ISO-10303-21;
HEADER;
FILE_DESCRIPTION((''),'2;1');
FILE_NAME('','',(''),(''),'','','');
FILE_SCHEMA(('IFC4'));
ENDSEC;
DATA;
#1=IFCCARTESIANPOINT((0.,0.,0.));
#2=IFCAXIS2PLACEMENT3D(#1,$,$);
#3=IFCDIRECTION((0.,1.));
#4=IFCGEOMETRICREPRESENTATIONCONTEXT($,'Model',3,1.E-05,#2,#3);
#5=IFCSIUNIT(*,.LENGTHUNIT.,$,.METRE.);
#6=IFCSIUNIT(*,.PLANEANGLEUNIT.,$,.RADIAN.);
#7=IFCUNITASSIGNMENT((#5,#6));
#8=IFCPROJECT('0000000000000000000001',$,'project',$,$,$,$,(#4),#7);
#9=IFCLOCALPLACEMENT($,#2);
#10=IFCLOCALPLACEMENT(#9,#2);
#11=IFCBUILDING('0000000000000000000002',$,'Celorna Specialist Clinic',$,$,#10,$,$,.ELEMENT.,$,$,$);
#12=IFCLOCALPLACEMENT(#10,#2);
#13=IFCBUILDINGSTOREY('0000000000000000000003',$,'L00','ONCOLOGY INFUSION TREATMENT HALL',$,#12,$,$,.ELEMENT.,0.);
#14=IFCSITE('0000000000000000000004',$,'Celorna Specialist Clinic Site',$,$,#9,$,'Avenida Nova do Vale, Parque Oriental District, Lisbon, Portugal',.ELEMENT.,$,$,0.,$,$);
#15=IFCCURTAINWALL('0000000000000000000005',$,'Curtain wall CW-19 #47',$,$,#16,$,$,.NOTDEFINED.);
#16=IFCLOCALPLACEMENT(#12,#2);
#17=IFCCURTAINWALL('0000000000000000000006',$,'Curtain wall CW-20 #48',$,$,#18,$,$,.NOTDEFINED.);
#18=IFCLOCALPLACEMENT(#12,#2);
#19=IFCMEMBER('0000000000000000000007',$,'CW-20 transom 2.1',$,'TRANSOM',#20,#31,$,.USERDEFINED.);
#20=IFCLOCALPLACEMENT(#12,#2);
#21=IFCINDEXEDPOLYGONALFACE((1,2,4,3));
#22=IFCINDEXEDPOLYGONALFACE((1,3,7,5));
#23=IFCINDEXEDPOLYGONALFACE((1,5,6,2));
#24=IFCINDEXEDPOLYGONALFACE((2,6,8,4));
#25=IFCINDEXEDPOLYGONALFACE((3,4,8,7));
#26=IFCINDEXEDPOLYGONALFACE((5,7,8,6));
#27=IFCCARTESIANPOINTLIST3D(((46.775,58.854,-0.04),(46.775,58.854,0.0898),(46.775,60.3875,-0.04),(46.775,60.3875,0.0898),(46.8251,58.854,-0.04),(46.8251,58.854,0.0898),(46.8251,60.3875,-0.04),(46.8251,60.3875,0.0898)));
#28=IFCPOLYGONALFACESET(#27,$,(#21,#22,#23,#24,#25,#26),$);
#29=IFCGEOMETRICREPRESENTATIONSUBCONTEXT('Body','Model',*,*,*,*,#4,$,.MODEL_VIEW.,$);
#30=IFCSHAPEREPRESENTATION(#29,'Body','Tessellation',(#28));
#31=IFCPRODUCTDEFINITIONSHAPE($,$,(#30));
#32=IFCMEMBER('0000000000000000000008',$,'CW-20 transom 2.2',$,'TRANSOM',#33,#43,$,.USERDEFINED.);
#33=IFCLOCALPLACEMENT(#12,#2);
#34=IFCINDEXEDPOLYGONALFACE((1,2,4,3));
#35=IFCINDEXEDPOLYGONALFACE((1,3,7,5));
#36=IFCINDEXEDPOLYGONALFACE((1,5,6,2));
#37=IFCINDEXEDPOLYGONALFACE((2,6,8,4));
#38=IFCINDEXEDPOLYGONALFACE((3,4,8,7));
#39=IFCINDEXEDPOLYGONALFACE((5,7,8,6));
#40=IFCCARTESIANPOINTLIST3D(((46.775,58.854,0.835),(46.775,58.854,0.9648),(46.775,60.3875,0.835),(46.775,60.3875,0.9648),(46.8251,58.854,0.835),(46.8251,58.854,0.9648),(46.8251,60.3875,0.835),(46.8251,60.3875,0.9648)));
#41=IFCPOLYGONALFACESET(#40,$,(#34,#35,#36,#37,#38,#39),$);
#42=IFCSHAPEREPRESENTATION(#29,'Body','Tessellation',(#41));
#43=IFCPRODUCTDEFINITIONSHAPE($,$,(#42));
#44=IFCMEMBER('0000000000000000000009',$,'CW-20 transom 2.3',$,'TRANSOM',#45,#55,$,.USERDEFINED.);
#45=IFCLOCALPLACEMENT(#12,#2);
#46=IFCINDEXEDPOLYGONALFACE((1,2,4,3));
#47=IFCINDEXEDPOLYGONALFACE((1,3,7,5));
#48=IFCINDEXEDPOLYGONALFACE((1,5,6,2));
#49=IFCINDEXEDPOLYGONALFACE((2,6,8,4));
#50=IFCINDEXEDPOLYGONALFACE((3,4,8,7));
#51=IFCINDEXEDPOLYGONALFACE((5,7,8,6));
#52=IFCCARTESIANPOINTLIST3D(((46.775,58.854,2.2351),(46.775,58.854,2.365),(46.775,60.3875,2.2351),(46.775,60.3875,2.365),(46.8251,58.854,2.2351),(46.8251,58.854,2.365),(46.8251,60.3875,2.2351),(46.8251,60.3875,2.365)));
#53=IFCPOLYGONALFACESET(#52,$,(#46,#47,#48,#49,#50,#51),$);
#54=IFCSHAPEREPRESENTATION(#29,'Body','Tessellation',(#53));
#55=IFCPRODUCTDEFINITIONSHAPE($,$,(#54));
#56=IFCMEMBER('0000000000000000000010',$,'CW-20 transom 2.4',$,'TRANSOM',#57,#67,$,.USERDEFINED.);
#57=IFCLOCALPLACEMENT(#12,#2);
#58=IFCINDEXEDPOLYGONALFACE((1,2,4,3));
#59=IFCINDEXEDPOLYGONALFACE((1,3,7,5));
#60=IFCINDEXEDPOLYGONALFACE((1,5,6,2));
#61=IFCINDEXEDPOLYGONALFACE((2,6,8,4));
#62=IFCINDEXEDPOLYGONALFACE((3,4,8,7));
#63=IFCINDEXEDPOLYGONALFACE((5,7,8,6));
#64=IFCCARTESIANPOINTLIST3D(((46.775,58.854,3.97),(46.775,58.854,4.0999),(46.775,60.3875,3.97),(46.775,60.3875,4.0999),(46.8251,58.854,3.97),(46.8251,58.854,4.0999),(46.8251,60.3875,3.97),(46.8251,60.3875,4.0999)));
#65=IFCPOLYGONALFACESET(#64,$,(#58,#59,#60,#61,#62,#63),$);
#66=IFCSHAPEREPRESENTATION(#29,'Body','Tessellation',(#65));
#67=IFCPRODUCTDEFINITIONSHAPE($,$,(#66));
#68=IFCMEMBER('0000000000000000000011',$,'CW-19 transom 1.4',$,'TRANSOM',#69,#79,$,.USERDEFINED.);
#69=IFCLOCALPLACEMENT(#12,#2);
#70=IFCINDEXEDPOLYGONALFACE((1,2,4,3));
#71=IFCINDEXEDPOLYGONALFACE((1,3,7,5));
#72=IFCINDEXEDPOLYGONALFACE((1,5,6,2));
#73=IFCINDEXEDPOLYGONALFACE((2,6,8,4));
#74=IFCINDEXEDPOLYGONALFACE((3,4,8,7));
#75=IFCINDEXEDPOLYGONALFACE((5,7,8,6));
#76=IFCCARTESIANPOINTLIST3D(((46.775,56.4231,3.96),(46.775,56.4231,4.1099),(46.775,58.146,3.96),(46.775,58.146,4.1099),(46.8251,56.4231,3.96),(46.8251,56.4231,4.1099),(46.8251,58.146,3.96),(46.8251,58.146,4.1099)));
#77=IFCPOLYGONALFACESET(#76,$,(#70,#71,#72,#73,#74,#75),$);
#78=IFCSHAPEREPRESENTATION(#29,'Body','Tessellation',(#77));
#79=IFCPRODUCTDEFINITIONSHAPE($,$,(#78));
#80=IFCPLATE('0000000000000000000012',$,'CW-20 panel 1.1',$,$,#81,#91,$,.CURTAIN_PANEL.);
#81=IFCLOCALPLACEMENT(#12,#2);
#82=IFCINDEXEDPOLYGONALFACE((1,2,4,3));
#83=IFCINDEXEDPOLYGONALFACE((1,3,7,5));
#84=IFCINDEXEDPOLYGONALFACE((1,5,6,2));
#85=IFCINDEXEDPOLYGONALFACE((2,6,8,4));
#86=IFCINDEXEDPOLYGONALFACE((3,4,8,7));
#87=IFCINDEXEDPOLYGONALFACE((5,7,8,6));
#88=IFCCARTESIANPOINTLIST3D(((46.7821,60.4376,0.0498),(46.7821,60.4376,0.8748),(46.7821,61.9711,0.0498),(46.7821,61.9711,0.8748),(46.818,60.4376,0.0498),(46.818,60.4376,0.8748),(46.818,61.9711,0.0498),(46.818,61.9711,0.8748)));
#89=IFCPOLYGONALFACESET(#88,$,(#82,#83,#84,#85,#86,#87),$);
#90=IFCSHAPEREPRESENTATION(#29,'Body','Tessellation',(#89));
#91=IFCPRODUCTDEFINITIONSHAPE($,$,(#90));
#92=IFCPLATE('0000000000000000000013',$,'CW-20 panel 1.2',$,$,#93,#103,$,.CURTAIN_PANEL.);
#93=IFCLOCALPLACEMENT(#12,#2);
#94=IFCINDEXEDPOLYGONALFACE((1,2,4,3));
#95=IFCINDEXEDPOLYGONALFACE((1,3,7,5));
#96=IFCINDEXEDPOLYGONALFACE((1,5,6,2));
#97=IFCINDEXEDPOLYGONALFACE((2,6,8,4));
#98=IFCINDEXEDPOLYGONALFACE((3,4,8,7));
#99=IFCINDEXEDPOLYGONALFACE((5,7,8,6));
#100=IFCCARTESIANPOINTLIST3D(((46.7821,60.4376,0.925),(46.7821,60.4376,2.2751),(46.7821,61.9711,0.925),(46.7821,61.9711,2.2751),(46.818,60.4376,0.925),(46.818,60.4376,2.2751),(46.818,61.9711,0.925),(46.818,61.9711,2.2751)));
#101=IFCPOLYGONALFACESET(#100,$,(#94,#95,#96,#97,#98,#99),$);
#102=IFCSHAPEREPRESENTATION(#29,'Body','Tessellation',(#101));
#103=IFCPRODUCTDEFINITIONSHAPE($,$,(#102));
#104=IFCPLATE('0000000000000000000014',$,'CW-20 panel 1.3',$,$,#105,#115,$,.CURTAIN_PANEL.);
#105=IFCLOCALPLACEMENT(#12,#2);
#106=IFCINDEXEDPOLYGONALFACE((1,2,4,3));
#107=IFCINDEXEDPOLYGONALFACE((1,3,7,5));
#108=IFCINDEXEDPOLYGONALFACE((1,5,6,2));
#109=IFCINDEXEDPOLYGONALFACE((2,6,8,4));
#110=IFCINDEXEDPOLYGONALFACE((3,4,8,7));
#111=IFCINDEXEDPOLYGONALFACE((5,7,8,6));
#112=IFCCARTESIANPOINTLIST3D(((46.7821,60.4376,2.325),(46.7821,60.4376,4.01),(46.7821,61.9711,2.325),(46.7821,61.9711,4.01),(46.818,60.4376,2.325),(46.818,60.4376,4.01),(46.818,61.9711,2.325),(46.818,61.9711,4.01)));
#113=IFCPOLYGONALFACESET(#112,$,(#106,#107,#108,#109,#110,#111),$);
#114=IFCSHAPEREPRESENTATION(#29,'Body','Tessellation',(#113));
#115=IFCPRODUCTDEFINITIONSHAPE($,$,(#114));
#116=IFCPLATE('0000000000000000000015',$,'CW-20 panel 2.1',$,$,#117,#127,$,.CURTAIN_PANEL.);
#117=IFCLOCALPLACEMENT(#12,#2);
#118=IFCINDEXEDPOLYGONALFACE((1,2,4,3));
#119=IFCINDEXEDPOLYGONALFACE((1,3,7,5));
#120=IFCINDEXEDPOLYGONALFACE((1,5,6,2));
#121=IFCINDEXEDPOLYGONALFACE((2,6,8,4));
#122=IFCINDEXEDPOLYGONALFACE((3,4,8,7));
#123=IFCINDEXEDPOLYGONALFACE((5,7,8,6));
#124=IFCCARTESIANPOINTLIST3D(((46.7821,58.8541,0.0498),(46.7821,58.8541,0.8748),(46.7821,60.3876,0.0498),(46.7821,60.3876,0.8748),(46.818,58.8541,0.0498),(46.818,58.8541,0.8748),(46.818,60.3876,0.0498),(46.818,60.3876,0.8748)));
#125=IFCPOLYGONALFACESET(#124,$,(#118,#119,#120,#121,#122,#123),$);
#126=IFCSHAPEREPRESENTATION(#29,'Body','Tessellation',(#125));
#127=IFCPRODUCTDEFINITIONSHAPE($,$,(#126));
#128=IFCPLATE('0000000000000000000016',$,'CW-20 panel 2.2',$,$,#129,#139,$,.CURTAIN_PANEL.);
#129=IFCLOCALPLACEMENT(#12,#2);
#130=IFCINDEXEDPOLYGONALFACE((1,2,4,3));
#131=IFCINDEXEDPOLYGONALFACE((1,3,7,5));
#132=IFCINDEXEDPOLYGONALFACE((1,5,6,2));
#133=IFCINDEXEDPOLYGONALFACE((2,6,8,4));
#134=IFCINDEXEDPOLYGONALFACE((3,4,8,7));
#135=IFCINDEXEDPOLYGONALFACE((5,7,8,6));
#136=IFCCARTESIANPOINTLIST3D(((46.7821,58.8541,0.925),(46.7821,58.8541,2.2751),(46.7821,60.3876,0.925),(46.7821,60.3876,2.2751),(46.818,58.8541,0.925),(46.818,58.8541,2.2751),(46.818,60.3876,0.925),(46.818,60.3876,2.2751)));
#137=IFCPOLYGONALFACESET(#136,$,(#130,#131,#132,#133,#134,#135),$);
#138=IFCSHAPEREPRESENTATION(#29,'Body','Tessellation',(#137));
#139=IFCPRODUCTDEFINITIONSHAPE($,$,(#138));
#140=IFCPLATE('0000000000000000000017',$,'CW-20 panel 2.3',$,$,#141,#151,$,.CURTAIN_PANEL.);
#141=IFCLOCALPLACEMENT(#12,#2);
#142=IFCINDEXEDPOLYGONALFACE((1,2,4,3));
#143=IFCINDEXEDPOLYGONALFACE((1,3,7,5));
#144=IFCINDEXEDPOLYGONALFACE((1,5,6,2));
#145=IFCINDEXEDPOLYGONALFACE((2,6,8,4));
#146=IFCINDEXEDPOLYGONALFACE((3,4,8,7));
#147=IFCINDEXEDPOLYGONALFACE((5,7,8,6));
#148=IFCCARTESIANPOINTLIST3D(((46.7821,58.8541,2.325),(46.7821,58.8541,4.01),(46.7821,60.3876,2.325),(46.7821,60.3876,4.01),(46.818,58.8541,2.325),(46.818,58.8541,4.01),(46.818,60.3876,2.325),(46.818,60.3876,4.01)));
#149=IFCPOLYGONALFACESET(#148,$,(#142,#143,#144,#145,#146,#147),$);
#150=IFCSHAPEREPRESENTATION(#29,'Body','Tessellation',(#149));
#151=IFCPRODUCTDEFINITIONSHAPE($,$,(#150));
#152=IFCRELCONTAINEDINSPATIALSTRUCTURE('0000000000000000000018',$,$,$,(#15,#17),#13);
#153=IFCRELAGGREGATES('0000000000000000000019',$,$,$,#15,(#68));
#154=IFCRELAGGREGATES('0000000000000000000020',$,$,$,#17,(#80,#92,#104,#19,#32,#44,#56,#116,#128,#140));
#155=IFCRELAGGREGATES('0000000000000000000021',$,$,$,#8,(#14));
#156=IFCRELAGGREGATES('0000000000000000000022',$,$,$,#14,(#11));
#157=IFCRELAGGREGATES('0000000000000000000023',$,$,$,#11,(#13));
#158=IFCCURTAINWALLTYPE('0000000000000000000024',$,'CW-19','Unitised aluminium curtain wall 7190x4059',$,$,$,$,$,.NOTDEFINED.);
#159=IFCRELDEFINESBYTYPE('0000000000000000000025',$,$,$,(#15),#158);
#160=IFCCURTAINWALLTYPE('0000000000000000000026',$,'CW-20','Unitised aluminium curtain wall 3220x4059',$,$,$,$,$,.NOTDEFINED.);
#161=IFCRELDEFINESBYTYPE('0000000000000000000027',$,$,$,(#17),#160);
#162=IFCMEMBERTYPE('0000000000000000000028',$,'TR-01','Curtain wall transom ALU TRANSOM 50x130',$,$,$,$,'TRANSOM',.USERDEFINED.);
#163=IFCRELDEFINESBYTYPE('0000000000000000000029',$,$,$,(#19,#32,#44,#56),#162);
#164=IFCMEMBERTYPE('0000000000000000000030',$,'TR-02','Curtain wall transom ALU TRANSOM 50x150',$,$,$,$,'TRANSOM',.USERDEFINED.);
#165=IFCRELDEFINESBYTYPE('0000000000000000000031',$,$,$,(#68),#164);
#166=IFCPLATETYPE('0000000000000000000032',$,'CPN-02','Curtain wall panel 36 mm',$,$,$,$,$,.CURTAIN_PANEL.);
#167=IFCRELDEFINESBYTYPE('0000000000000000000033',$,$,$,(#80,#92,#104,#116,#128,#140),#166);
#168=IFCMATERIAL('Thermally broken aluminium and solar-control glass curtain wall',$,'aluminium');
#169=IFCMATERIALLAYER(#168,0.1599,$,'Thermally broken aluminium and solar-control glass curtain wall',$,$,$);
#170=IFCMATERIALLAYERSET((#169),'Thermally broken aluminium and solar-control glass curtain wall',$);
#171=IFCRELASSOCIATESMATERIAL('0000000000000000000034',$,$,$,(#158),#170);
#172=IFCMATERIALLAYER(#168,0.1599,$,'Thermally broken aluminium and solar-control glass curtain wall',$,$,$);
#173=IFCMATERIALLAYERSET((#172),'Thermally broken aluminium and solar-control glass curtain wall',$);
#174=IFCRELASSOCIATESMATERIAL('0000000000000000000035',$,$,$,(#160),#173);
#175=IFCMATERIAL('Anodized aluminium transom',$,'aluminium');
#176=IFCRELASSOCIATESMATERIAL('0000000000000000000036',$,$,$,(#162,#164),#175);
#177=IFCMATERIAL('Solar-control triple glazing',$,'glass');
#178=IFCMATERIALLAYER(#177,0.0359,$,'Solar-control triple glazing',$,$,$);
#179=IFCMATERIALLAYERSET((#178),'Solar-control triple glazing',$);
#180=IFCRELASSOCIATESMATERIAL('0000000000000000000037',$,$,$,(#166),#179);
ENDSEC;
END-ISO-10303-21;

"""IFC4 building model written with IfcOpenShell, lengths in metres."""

from ifc_helpers import new_model, si_unit, direction, frame, origin, origin_2d, place, context, subcontext, project, spatial, rectangle, extrude, material, layer, layer_set, material_profile, profile_set, type_object, element, aggregate, save


model = new_model("IFC4")

# Units and contexts
model_context = context("Model", 3, precision=1e-05, world=origin(), true_north=direction((0.0, 1.0)))
body_context = subcontext(model_context, "Body", "Model", "MODEL_VIEW")
ifc_project = project(units=[si_unit("LENGTHUNIT", "METRE"), si_unit("PLANEANGLEUNIT", "RADIAN")], contexts=[model_context])

# Site, building, storey
site_placement = place(None, origin())
site = spatial("IfcSite", under=ifc_project, at=site_placement, Name="Celorna Specialist Clinic Site", LongName="Avenida Nova do Vale, Parque Oriental District, Lisbon, Portugal", CompositionType="ELEMENT", RefElevation=0.0)
building_placement = place(site_placement, origin())
building = spatial("IfcBuilding", under=site, at=building_placement, Name="Celorna Specialist Clinic", CompositionType="ELEMENT")
storey_placement = place(building_placement, origin())
storey = spatial("IfcBuildingStorey", under=building, at=storey_placement, Name="L00", Description="ONCOLOGY INFUSION TREATMENT HALL", CompositionType="ELEMENT", Elevation=0.0)

# Curtain wall
ifc_material_1 = material(Name="Thermally broken aluminium and solar-control glass curtain wall", Category="aluminium")
ifc_layer_1 = layer(ifc_material_1, 0.1599, Name="Thermally broken aluminium and solar-control glass curtain wall")
ifc_layer_set_1 = layer_set([ifc_layer_1], Name="Thermally broken aluminium and solar-control glass curtain wall")
curtain_wall_type_1 = type_object("IfcCurtainWallType", Name="CW-19", Description="Unitised aluminium curtain wall 7190x4059", PredefinedType="NOTDEFINED", material=ifc_layer_set_1)
curtain_wall_1_placement = place(storey_placement, origin())
curtain_wall_1 = element("IfcCurtainWall", 1, at=curtain_wall_1_placement, inside=storey, type_object=curtain_wall_type_1, Name="Curtain wall CW-19 #47", PredefinedType="NOTDEFINED")

# Curtain wall, members
ifc_layer_2 = layer(ifc_material_1, 0.1599, Name="Thermally broken aluminium and solar-control glass curtain wall")
ifc_layer_set_2 = layer_set([ifc_layer_2], Name="Thermally broken aluminium and solar-control glass curtain wall")
curtain_wall_type_2 = type_object("IfcCurtainWallType", Name="CW-20", Description="Unitised aluminium curtain wall 3220x4059", PredefinedType="NOTDEFINED", material=ifc_layer_set_2)
curtain_wall_2_placement = place(storey_placement, origin())
curtain_wall_2 = element("IfcCurtainWall", 2, at=curtain_wall_2_placement, inside=storey, type_object=curtain_wall_type_2, Name="Curtain wall CW-20 #48", PredefinedType="NOTDEFINED")
ifc_material_2 = material(Name="Anodized aluminium transom", Category="aluminium")
ifc_material_profile_1 = material_profile(ifc_material_2, rectangle(XDim=0.05, YDim=0.1299, at=origin_2d()), Name="ALU TRANSOM 50x130")
ifc_profile_set_1 = profile_set([ifc_material_profile_1], Name="Anodized aluminium transom")
member_type_1 = type_object("IfcMemberType", Name="TR-01", Description="Curtain wall transom ALU TRANSOM 50x130", ElementType="TRANSOM", PredefinedType="USERDEFINED", material=ifc_profile_set_1)
member_1_placement = place(storey_placement, frame((46.8, 60.3875, 0.0249), z_axis=(0.0, -1.0, 0.0), x_axis=(1.0, 0.0, 0.0)))
member_1 = element("IfcMember", 3, at=member_1_placement, type_object=member_type_1, Name="CW-20 transom 2.1", ObjectType="TRANSOM", PredefinedType="USERDEFINED", context=body_context, shape_type="SweptSolid", body=[
    extrude(rectangle(XDim=0.05, YDim=0.1299, at=origin_2d()), origin(), (0.0, 0.0, 1.0), 1.5334),
])
member_2_placement = place(storey_placement, frame((46.8, 60.3875, 0.8999), z_axis=(0.0, -1.0, 0.0), x_axis=(1.0, 0.0, 0.0)))
member_2 = element("IfcMember", 4, at=member_2_placement, type_object=member_type_1, Name="CW-20 transom 2.2", ObjectType="TRANSOM", PredefinedType="USERDEFINED", context=body_context, shape_type="SweptSolid", body=[
    extrude(rectangle(XDim=0.05, YDim=0.1299, at=origin_2d()), origin(), (0.0, 0.0, 1.0), 1.5334),
])
member_3_placement = place(storey_placement, frame((46.8, 60.3875, 2.3), z_axis=(0.0, -1.0, 0.0), x_axis=(1.0, 0.0, 0.0)))
member_3 = element("IfcMember", 5, at=member_3_placement, type_object=member_type_1, Name="CW-20 transom 2.3", ObjectType="TRANSOM", PredefinedType="USERDEFINED", context=body_context, shape_type="SweptSolid", body=[
    extrude(rectangle(XDim=0.05, YDim=0.1299, at=origin_2d()), origin(), (0.0, 0.0, 1.0), 1.5334),
])
member_4_placement = place(storey_placement, frame((46.8, 60.3875, 4.0349), z_axis=(0.0, -1.0, 0.0), x_axis=(1.0, 0.0, 0.0)))
member_4 = element("IfcMember", 6, at=member_4_placement, type_object=member_type_1, Name="CW-20 transom 2.4", ObjectType="TRANSOM", PredefinedType="USERDEFINED", context=body_context, shape_type="SweptSolid", body=[
    extrude(rectangle(XDim=0.05, YDim=0.1299, at=origin_2d()), origin(), (0.0, 0.0, 1.0), 1.5334),
])

# Member
ifc_material_profile_2 = material_profile(ifc_material_2, rectangle(XDim=0.05, YDim=0.1499, at=origin_2d()), Name="ALU TRANSOM 50x150")
ifc_profile_set_2 = profile_set([ifc_material_profile_2], Name="Anodized aluminium transom")
member_type_2 = type_object("IfcMemberType", Name="TR-02", Description="Curtain wall transom ALU TRANSOM 50x150", ElementType="TRANSOM", PredefinedType="USERDEFINED", material=ifc_profile_set_2)
member_5_placement = place(storey_placement, frame((46.8, 58.146, 4.0349), z_axis=(0.0, -1.0, 0.0), x_axis=(1.0, 0.0, 0.0)))
member_5 = element("IfcMember", 7, at=member_5_placement, type_object=member_type_2, Name="CW-19 transom 1.4", ObjectType="TRANSOM", PredefinedType="USERDEFINED", context=body_context, shape_type="SweptSolid", body=[
    extrude(rectangle(XDim=0.05, YDim=0.1499, at=origin_2d()), origin(), (0.0, 0.0, 1.0), 1.7229),
])
aggregate(curtain_wall_1, [member_5])

# Plates
ifc_material_3 = material(Name="Solar-control triple glazing", Category="glass")
ifc_layer_3 = layer(ifc_material_3, 0.0359, Name="Solar-control triple glazing")
ifc_layer_set_3 = layer_set([ifc_layer_3], Name="Solar-control triple glazing")
plate_type = type_object("IfcPlateType", Name="CPN-02", Description="Curtain wall panel 36 mm", PredefinedType="CURTAIN_PANEL", material=ifc_layer_set_3)
plate_1_placement = place(storey_placement, frame((46.8, 61.2043, 0.0498), z_axis=(0.0, 0.0, 1.0), x_axis=(0.0, -1.0, 0.0)))
plate_1 = element("IfcPlate", 8, at=plate_1_placement, type_object=plate_type, Name="CW-20 panel 1.1", PredefinedType="CURTAIN_PANEL", context=body_context, shape_type="SweptSolid", body=[
    extrude(rectangle(XDim=1.5334, YDim=0.0359, at=origin_2d()), origin(), (0.0, 0.0, 1.0), 0.825),
])
plate_2_placement = place(storey_placement, frame((46.8, 61.2043, 0.925), z_axis=(0.0, 0.0, 1.0), x_axis=(0.0, -1.0, 0.0)))
plate_2 = element("IfcPlate", 9, at=plate_2_placement, type_object=plate_type, Name="CW-20 panel 1.2", PredefinedType="CURTAIN_PANEL", context=body_context, shape_type="SweptSolid", body=[
    extrude(rectangle(XDim=1.5334, YDim=0.0359, at=origin_2d()), origin(), (0.0, 0.0, 1.0), 1.3501),
])
plate_3_placement = place(storey_placement, frame((46.8, 61.2043, 2.325), z_axis=(0.0, 0.0, 1.0), x_axis=(0.0, -1.0, 0.0)))
plate_3 = element("IfcPlate", 10, at=plate_3_placement, type_object=plate_type, Name="CW-20 panel 1.3", PredefinedType="CURTAIN_PANEL", context=body_context, shape_type="SweptSolid", body=[
    extrude(rectangle(XDim=1.5334, YDim=0.0359, at=origin_2d()), origin(), (0.0, 0.0, 1.0), 1.6851),
])
plate_4_placement = place(storey_placement, frame((46.8, 59.6208, 0.0498), z_axis=(0.0, 0.0, 1.0), x_axis=(0.0, -1.0, 0.0)))
plate_4 = element("IfcPlate", 11, at=plate_4_placement, type_object=plate_type, Name="CW-20 panel 2.1", PredefinedType="CURTAIN_PANEL", context=body_context, shape_type="SweptSolid", body=[
    extrude(rectangle(XDim=1.5334, YDim=0.0359, at=origin_2d()), origin(), (0.0, 0.0, 1.0), 0.825),
])
plate_5_placement = place(storey_placement, frame((46.8, 59.6208, 0.925), z_axis=(0.0, 0.0, 1.0), x_axis=(0.0, -1.0, 0.0)))
plate_5 = element("IfcPlate", 12, at=plate_5_placement, type_object=plate_type, Name="CW-20 panel 2.2", PredefinedType="CURTAIN_PANEL", context=body_context, shape_type="SweptSolid", body=[
    extrude(rectangle(XDim=1.5334, YDim=0.0359, at=origin_2d()), origin(), (0.0, 0.0, 1.0), 1.3501),
])
plate_6_placement = place(storey_placement, frame((46.8, 59.6208, 2.325), z_axis=(0.0, 0.0, 1.0), x_axis=(0.0, -1.0, 0.0)))
plate_6 = element("IfcPlate", 13, at=plate_6_placement, type_object=plate_type, Name="CW-20 panel 2.3", PredefinedType="CURTAIN_PANEL", context=body_context, shape_type="SweptSolid", body=[
    extrude(rectangle(XDim=1.5334, YDim=0.0359, at=origin_2d()), origin(), (0.0, 0.0, 1.0), 1.6851),
])
aggregate(curtain_wall_2, [plate_1, plate_2, plate_3, member_1, member_2, member_3, member_4, plate_4, plate_5, plate_6])

save(model, "model.ifc")
